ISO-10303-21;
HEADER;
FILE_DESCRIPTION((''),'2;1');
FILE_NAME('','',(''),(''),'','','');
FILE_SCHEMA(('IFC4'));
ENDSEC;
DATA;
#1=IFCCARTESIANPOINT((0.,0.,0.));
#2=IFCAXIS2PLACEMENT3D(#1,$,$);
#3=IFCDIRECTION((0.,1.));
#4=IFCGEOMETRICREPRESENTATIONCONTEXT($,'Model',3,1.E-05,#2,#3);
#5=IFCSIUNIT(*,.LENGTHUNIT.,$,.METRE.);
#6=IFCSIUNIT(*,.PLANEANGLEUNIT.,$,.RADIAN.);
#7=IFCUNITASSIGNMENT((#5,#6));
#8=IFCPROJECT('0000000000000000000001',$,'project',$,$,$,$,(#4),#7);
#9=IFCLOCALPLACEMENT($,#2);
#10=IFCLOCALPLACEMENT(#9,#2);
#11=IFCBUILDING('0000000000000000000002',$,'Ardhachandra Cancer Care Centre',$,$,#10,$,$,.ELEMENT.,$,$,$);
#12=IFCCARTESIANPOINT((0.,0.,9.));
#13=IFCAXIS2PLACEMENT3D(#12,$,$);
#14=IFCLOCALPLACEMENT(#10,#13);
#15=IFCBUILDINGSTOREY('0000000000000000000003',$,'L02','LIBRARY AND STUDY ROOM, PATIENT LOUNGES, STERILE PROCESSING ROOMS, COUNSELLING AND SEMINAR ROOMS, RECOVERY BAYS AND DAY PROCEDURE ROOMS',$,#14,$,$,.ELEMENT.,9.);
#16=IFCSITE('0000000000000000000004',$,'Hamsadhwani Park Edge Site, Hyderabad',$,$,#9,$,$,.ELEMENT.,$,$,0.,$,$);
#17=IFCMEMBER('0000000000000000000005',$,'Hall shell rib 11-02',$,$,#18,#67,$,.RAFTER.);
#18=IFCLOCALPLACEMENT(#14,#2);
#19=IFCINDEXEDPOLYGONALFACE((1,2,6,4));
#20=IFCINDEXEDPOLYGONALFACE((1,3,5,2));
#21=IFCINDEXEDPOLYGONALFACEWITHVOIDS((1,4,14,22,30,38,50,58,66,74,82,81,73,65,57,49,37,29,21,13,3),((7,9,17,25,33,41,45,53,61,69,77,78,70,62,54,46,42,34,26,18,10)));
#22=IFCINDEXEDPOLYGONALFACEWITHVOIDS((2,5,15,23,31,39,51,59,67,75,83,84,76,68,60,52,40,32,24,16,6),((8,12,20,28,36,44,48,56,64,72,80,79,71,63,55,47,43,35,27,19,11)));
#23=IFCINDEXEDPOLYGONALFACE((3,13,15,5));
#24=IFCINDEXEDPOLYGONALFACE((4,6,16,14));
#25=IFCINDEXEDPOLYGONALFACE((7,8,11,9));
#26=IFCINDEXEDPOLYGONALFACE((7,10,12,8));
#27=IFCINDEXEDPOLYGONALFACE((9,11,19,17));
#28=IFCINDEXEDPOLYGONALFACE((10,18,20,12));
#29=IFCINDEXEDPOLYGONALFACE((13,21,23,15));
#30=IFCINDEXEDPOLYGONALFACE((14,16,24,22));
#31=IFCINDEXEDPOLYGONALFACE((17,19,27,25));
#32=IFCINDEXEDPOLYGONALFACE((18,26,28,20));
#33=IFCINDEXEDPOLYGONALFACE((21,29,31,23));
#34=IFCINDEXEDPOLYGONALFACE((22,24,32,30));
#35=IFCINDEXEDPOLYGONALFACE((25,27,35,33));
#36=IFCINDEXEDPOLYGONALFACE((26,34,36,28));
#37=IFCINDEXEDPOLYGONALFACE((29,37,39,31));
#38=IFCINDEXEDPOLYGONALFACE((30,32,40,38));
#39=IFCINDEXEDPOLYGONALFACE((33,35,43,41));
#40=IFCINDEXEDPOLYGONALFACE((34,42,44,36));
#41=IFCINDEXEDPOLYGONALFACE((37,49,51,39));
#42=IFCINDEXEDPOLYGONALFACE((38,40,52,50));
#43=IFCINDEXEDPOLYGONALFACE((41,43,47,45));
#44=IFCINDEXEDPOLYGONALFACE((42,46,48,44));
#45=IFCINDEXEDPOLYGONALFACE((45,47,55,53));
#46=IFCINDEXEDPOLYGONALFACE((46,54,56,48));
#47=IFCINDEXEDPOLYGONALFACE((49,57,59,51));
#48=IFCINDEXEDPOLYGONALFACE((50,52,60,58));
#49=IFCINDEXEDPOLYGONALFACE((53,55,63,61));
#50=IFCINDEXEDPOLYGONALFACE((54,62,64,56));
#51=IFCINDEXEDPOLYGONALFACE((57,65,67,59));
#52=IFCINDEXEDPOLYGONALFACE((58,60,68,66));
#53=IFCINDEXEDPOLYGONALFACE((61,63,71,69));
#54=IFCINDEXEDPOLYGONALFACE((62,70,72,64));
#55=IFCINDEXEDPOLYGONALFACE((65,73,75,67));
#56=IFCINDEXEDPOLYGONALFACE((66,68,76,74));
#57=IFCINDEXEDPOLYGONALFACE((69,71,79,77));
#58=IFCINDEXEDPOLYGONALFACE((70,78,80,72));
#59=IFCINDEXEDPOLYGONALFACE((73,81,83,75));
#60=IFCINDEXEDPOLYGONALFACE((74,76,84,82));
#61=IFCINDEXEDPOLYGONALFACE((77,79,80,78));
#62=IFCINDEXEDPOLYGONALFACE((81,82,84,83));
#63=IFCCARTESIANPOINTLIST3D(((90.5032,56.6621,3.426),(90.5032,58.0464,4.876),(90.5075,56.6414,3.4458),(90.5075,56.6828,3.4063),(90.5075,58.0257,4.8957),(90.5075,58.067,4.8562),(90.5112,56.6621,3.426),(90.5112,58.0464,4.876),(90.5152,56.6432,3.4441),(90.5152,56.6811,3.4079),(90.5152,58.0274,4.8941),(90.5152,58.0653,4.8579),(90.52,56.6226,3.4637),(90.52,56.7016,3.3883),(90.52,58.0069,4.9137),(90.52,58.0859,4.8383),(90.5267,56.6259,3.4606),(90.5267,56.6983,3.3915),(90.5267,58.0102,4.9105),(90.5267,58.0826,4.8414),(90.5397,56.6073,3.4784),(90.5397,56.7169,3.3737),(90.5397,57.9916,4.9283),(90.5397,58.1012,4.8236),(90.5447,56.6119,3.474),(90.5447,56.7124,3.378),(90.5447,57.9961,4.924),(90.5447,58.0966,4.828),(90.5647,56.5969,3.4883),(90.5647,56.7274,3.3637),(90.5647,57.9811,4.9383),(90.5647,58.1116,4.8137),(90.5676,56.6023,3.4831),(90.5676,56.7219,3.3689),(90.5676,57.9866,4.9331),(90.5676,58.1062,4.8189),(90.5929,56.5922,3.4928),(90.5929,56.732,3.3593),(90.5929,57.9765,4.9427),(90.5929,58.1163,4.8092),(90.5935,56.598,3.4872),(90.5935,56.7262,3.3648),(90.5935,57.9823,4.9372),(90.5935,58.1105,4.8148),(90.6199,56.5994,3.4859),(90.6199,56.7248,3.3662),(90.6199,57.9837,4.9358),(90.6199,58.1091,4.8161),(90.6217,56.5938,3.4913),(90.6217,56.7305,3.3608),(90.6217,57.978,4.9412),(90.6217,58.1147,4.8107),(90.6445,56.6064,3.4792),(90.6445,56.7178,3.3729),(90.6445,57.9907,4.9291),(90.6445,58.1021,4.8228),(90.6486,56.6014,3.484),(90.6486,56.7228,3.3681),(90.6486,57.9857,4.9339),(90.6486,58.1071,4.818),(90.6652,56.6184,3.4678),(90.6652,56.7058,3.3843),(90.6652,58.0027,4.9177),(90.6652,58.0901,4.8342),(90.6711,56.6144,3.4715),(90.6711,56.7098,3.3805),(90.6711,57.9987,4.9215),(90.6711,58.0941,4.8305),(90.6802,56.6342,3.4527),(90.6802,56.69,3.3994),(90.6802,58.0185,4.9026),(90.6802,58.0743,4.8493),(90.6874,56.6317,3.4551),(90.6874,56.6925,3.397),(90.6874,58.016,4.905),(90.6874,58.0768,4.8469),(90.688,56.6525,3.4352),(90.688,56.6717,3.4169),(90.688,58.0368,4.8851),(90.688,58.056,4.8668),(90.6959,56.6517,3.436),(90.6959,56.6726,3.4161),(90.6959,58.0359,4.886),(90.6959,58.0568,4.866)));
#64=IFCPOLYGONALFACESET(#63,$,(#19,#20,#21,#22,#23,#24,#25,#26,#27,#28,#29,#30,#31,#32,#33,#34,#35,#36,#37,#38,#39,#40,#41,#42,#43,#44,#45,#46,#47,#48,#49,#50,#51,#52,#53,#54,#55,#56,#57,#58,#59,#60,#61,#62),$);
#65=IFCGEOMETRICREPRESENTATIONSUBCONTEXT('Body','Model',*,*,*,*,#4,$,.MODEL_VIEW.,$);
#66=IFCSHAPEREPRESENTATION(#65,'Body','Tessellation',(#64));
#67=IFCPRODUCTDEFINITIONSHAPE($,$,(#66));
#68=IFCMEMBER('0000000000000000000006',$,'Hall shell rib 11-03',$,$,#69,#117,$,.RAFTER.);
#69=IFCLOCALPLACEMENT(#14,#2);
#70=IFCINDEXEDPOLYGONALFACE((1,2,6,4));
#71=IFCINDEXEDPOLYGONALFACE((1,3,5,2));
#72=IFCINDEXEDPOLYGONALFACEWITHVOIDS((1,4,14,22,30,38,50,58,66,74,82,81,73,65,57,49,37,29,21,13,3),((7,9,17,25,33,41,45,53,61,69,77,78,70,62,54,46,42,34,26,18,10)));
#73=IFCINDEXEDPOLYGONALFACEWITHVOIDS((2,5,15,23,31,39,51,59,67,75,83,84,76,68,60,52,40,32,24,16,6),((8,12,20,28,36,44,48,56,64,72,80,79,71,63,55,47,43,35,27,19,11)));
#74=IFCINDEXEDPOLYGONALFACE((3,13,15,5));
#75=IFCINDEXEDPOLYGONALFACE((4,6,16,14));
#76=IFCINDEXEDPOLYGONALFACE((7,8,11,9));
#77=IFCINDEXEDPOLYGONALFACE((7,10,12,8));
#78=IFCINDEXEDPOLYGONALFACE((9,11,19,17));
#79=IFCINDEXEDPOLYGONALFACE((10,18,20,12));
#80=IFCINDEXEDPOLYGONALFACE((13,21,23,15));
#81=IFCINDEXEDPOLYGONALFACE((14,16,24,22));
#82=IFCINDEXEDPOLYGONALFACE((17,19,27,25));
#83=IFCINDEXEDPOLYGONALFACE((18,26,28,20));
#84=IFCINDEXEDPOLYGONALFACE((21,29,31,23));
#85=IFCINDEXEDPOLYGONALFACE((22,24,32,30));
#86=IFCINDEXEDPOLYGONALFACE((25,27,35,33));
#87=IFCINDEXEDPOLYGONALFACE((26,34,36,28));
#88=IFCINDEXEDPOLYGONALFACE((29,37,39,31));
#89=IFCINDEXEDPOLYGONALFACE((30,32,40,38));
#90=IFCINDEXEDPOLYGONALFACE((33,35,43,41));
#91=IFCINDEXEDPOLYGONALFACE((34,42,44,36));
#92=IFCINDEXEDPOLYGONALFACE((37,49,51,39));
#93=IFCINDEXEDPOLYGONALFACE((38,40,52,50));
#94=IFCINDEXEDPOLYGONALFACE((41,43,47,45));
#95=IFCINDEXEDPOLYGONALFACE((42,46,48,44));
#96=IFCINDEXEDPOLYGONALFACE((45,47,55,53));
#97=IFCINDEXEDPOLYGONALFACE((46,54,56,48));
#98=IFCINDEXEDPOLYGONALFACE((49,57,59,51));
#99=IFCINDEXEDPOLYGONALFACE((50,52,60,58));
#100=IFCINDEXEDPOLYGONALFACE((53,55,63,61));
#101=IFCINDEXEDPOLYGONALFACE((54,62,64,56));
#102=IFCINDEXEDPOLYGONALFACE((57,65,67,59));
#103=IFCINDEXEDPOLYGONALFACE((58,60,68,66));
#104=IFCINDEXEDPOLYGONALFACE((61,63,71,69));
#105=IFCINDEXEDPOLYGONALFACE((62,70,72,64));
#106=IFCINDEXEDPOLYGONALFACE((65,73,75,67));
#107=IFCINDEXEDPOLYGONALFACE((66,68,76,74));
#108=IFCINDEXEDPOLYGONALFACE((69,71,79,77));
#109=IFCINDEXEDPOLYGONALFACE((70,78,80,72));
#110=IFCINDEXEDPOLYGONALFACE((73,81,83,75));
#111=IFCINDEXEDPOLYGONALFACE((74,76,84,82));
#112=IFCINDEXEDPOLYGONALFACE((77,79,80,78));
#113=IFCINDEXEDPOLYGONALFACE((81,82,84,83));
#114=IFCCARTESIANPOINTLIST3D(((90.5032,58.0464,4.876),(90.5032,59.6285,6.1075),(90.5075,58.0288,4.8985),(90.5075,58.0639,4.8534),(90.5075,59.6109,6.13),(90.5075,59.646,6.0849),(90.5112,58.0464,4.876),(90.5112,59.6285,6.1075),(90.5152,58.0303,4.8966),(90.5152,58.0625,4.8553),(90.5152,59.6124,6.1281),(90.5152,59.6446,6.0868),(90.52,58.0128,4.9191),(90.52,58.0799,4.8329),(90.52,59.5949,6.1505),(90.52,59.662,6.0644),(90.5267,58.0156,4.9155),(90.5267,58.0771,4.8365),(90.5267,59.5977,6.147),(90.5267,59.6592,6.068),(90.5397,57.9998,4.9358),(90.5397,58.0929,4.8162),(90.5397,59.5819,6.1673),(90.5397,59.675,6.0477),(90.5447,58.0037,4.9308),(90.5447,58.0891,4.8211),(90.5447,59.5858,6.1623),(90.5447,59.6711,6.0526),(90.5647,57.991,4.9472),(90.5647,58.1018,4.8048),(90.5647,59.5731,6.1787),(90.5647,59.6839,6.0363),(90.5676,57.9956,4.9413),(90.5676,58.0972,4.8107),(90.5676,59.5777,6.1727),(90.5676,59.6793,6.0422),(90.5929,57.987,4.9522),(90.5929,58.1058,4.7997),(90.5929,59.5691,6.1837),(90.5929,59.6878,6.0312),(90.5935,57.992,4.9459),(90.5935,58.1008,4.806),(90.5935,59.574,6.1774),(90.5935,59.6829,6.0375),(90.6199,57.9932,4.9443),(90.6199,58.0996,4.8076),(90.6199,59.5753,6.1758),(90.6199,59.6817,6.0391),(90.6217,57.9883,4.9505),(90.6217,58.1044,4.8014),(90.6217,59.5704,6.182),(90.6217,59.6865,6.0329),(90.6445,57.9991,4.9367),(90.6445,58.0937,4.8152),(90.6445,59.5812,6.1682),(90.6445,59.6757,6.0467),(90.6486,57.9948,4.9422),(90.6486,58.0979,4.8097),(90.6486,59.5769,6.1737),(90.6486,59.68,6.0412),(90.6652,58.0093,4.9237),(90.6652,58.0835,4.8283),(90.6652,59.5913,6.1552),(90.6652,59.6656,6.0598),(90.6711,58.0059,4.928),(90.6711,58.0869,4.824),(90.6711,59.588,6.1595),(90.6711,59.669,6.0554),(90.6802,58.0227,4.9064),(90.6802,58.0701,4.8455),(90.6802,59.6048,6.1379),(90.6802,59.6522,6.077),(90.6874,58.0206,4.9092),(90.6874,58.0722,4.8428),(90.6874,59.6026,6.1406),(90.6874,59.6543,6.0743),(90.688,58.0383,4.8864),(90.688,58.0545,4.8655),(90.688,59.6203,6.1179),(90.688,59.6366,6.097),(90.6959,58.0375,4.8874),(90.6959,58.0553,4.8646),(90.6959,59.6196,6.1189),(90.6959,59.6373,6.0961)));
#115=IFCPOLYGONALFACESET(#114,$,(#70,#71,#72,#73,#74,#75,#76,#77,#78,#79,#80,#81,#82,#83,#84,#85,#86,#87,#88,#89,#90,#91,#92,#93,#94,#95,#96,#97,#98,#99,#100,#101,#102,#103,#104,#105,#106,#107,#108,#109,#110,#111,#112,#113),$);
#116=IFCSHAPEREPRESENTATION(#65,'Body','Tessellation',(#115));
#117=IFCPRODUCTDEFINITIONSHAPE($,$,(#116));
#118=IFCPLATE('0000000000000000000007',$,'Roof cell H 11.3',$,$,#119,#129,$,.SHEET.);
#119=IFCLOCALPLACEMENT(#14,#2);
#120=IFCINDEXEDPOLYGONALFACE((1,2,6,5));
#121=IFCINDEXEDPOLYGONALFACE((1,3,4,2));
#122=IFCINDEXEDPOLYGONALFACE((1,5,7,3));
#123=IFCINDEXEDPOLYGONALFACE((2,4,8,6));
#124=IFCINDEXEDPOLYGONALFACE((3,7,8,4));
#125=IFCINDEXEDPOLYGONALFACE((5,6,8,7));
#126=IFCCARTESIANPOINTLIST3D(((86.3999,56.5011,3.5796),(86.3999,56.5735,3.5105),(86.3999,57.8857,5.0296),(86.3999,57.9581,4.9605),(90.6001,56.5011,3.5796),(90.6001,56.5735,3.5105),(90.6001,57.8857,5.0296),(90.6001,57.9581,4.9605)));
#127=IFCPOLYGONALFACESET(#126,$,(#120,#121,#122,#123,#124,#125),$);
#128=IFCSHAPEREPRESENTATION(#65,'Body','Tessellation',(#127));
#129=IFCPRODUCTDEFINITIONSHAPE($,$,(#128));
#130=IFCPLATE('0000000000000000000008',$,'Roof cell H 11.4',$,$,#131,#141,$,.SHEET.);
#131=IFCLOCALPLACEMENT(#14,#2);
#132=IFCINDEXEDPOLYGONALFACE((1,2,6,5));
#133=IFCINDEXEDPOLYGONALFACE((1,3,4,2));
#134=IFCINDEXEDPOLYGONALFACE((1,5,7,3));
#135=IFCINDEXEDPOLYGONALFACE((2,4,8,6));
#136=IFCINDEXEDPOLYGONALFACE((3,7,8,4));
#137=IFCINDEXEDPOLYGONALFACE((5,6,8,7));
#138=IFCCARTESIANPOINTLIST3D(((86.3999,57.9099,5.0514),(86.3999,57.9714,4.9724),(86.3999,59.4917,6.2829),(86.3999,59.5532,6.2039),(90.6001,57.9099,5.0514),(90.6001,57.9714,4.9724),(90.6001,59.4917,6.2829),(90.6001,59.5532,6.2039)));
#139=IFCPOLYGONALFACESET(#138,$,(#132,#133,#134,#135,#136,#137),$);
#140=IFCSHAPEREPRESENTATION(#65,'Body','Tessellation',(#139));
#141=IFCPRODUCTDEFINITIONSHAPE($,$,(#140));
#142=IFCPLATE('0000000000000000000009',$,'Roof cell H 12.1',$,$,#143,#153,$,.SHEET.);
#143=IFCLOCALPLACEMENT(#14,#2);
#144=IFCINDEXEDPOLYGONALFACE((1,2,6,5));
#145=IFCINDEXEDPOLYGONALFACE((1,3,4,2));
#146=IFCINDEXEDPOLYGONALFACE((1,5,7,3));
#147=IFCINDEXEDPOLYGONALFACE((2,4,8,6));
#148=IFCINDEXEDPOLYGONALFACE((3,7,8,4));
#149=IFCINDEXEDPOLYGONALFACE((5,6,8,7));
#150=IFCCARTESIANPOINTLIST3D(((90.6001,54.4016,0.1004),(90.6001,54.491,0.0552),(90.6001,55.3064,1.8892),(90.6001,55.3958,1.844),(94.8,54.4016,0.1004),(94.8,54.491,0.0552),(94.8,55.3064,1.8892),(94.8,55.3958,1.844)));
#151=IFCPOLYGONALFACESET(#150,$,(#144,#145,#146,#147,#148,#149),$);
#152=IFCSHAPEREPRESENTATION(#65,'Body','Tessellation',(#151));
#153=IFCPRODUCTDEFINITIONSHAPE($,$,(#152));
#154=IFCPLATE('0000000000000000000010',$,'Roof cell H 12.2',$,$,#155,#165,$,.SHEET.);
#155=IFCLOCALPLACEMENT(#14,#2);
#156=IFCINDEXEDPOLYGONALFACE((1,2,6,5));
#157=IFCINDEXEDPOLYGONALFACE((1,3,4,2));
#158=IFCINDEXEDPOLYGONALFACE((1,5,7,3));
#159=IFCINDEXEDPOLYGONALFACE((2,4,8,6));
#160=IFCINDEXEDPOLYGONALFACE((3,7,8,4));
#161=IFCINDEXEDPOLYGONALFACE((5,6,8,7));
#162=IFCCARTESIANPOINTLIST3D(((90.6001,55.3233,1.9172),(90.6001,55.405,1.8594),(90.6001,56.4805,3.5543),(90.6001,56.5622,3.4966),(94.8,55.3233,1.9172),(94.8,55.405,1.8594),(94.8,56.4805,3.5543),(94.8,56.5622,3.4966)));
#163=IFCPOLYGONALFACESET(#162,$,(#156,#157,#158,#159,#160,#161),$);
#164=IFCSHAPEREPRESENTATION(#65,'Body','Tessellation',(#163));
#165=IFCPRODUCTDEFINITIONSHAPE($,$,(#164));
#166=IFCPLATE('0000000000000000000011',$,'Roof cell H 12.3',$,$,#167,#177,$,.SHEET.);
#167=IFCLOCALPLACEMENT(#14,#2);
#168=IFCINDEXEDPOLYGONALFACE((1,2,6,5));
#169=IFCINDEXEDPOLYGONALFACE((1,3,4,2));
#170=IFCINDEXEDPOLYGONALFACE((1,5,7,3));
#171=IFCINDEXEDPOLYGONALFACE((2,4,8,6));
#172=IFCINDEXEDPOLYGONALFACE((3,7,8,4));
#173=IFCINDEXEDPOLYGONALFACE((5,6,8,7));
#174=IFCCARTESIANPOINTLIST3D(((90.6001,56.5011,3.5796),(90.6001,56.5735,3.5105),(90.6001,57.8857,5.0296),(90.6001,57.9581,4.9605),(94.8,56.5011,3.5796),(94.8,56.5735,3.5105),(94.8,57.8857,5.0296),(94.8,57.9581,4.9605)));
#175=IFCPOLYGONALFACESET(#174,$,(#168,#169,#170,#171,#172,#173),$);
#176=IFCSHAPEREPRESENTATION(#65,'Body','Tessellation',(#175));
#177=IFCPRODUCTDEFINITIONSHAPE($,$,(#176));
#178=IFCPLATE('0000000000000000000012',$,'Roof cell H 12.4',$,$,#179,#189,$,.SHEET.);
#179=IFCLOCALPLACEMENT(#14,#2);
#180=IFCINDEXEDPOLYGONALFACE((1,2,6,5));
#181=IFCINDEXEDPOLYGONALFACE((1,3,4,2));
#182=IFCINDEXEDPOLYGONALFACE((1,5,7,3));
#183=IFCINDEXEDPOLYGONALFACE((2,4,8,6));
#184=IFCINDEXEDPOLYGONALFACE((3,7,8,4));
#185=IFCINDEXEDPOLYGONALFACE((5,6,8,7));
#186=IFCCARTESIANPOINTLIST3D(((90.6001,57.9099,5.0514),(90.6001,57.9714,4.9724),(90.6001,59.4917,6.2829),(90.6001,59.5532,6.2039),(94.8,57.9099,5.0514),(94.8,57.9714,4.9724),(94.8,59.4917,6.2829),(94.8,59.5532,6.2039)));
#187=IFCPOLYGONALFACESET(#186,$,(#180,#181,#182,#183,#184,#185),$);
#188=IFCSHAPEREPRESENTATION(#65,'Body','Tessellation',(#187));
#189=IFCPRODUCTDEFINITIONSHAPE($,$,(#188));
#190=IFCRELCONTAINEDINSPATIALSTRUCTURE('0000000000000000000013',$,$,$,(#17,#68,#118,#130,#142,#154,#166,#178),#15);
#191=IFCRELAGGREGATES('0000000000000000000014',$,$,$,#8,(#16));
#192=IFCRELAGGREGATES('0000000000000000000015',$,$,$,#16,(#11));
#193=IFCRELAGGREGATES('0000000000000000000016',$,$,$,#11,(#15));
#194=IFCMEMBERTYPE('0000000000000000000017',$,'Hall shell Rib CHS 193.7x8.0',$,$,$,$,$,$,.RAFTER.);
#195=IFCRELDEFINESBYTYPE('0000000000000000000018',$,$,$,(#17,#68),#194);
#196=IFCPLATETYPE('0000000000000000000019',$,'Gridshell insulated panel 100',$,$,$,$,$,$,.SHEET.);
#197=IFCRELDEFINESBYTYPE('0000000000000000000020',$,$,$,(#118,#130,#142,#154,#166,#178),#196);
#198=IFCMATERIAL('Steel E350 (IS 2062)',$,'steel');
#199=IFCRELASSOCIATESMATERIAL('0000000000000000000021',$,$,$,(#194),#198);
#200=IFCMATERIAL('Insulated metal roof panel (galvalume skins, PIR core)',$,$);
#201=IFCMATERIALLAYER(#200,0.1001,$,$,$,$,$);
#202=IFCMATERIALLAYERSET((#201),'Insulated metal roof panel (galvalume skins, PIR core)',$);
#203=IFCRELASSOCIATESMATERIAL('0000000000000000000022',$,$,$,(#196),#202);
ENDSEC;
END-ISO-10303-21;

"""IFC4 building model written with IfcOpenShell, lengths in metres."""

from ifc_helpers import new_model, si_unit, direction, frame, origin, origin_2d, place, context, subcontext, project, spatial, polyline, hollow_circle, outline, extrude, material, layer, layer_set, material_profile, profile_set, type_object, element, save


model = new_model("IFC4")

# Units and contexts
model_context = context("Model", 3, precision=1e-05, world=origin(), true_north=direction((0.0, 1.0)))
body_context = subcontext(model_context, "Body", "Model", "MODEL_VIEW")
ifc_project = project(units=[si_unit("LENGTHUNIT", "METRE"), si_unit("PLANEANGLEUNIT", "RADIAN")], contexts=[model_context])

# Site, building, storey
site_placement = place(None, origin())
site = spatial("IfcSite", under=ifc_project, at=site_placement, Name="Hamsadhwani Park Edge Site, Hyderabad", CompositionType="ELEMENT", RefElevation=0.0)
building_placement = place(site_placement, origin())
building = spatial("IfcBuilding", under=site, at=building_placement, Name="Ardhachandra Cancer Care Centre", CompositionType="ELEMENT")
storey_placement = place(building_placement, frame((0.0, 0.0, 9.0)))
storey = spatial("IfcBuildingStorey", under=building, at=storey_placement, Name="L02", Description="LIBRARY AND STUDY ROOM, PATIENT LOUNGES, STERILE PROCESSING ROOMS, COUNSELLING AND SEMINAR ROOMS, RECOVERY BAYS AND DAY PROCEDURE ROOMS", CompositionType="ELEMENT", Elevation=9.0)

# Members
ifc_material_1 = material(Name="Steel E350 (IS 2062)", Category="steel")
ifc_material_profile_1 = material_profile(ifc_material_1, hollow_circle(Radius=0.0969, WallThickness=0.0081, at=origin_2d()), Name="CHS 193.7x8.0")
ifc_profile_set_1 = profile_set([ifc_material_profile_1], Name="Steel E350 (IS 2062)")
member_type_1 = type_object("IfcMemberType", Name="Hall shell Rib CHS 193.7x8.0", PredefinedType="RAFTER", material=ifc_profile_set_1)
member_1_placement = place(storey_placement, frame((90.6001, 56.6621, 3.426), z_axis=(0.0, 0.690537, 0.723297), x_axis=(-1.0, 0.0, 0.0)))
element("IfcMember", 1, at=member_1_placement, inside=storey, type_object=member_type_1, Name="Hall shell rib 11-02", PredefinedType="RAFTER", context=body_context, shape_type="SweptSolid", body=[
    extrude(hollow_circle(Radius=0.0969, WallThickness=0.0081, at=origin_2d()), origin(), (0.0, 0.0, 1.0), 2.0046),
])
member_2_placement = place(storey_placement, frame((90.6001, 58.0464, 4.876), z_axis=(0.0, 0.789116, 0.614244), x_axis=(-1.0, 0.0, 0.0)))
element("IfcMember", 2, at=member_2_placement, inside=storey, type_object=member_type_1, Name="Hall shell rib 11-03", PredefinedType="RAFTER", context=body_context, shape_type="SweptSolid", body=[
    extrude(hollow_circle(Radius=0.0969, WallThickness=0.0081, at=origin_2d()), origin(), (0.0, 0.0, 1.0), 2.0049),
])

# Plates
ifc_material_2 = material(Name="Insulated metal roof panel (galvalume skins, PIR core)")
ifc_layer = layer(ifc_material_2, 0.1001)
ifc_layer_set = layer_set([ifc_layer], Name="Insulated metal roof panel (galvalume skins, PIR core)")
plate_type = type_object("IfcPlateType", Name="Gridshell insulated panel 100", PredefinedType="SHEET", material=ifc_layer_set)
plate_1_placement = place(storey_placement, frame((86.3999, 56.5735, 3.5105), z_axis=(0.0, -0.723237, 0.6906), x_axis=(1.0, 0.0, 0.0)))
element("IfcPlate", 3, at=plate_1_placement, inside=storey, type_object=plate_type, Name="Roof cell H 11.3", PredefinedType="SHEET", context=body_context, shape_type="SweptSolid", body=[
    extrude(outline(polyline([(0.0, 0.0), (4.2002, 0.0), (4.2002, 2.0049), (0.0, 2.0049), (0.0, 0.0)])), origin(), (0.0, 0.0, 1.0), 0.1001),
])
plate_2_placement = place(storey_placement, frame((86.3999, 57.9714, 4.9724), z_axis=(0.0, -0.614303, 0.78907), x_axis=(1.0, 0.0, 0.0)))
element("IfcPlate", 4, at=plate_2_placement, inside=storey, type_object=plate_type, Name="Roof cell H 11.4", PredefinedType="SHEET", context=body_context, shape_type="SweptSolid", body=[
    extrude(outline(polyline([(0.0, 0.0), (4.2002, 0.0), (4.2002, 2.0046), (0.0, 2.0046), (0.0, 0.0)])), origin(), (0.0, 0.0, 1.0), 0.1001),
])
plate_3_placement = place(storey_placement, frame((90.6001, 54.491, 0.0552), z_axis=(0.0, -0.892347, 0.45135), x_axis=(1.0, 0.0, 0.0)))
element("IfcPlate", 5, at=plate_3_placement, inside=storey, type_object=plate_type, Name="Roof cell H 12.1", PredefinedType="SHEET", context=body_context, shape_type="SweptSolid", body=[
    extrude(outline(polyline([(0.0, 0.0), (4.2, 0.0), (4.2, 2.0046), (0.0, 2.0046), (0.0, 0.0)])), origin(), (0.0, 0.0, 1.0), 0.1001),
])
for number, where, z_axis, x_axis, name in (
    (6, (90.6001, 55.405, 1.8594), (0.0, -0.816603, 0.577199), (1.0, 0.0, 0.0), "Roof cell H 12.2"),
    (7, (90.6001, 56.5735, 3.5105), (0.0, -0.723237, 0.6906), (1.0, 0.0, 0.0), "Roof cell H 12.3"),
):
    element("IfcPlate", number, at=place(storey_placement, frame(where, z_axis=z_axis, x_axis=x_axis)), inside=storey, type_object=plate_type, Name=name, PredefinedType="SHEET", context=body_context, shape_type="SweptSolid", body=[
        extrude(outline(polyline([(0.0, 0.0), (4.2, 0.0), (4.2, 2.0049), (0.0, 2.0049), (0.0, 0.0)])), origin(), (0.0, 0.0, 1.0), 0.1001),
    ])
plate_4_placement = place(storey_placement, frame((90.6001, 57.9714, 4.9724), z_axis=(0.0, -0.614303, 0.78907), x_axis=(1.0, 0.0, 0.0)))
element("IfcPlate", 8, at=plate_4_placement, inside=storey, type_object=plate_type, Name="Roof cell H 12.4", PredefinedType="SHEET", context=body_context, shape_type="SweptSolid", body=[
    extrude(outline(polyline([(0.0, 0.0), (4.2, 0.0), (4.2, 2.0046), (0.0, 2.0046), (0.0, 0.0)])), origin(), (0.0, 0.0, 1.0), 0.1001),
])

save(model, "model.ifc")
